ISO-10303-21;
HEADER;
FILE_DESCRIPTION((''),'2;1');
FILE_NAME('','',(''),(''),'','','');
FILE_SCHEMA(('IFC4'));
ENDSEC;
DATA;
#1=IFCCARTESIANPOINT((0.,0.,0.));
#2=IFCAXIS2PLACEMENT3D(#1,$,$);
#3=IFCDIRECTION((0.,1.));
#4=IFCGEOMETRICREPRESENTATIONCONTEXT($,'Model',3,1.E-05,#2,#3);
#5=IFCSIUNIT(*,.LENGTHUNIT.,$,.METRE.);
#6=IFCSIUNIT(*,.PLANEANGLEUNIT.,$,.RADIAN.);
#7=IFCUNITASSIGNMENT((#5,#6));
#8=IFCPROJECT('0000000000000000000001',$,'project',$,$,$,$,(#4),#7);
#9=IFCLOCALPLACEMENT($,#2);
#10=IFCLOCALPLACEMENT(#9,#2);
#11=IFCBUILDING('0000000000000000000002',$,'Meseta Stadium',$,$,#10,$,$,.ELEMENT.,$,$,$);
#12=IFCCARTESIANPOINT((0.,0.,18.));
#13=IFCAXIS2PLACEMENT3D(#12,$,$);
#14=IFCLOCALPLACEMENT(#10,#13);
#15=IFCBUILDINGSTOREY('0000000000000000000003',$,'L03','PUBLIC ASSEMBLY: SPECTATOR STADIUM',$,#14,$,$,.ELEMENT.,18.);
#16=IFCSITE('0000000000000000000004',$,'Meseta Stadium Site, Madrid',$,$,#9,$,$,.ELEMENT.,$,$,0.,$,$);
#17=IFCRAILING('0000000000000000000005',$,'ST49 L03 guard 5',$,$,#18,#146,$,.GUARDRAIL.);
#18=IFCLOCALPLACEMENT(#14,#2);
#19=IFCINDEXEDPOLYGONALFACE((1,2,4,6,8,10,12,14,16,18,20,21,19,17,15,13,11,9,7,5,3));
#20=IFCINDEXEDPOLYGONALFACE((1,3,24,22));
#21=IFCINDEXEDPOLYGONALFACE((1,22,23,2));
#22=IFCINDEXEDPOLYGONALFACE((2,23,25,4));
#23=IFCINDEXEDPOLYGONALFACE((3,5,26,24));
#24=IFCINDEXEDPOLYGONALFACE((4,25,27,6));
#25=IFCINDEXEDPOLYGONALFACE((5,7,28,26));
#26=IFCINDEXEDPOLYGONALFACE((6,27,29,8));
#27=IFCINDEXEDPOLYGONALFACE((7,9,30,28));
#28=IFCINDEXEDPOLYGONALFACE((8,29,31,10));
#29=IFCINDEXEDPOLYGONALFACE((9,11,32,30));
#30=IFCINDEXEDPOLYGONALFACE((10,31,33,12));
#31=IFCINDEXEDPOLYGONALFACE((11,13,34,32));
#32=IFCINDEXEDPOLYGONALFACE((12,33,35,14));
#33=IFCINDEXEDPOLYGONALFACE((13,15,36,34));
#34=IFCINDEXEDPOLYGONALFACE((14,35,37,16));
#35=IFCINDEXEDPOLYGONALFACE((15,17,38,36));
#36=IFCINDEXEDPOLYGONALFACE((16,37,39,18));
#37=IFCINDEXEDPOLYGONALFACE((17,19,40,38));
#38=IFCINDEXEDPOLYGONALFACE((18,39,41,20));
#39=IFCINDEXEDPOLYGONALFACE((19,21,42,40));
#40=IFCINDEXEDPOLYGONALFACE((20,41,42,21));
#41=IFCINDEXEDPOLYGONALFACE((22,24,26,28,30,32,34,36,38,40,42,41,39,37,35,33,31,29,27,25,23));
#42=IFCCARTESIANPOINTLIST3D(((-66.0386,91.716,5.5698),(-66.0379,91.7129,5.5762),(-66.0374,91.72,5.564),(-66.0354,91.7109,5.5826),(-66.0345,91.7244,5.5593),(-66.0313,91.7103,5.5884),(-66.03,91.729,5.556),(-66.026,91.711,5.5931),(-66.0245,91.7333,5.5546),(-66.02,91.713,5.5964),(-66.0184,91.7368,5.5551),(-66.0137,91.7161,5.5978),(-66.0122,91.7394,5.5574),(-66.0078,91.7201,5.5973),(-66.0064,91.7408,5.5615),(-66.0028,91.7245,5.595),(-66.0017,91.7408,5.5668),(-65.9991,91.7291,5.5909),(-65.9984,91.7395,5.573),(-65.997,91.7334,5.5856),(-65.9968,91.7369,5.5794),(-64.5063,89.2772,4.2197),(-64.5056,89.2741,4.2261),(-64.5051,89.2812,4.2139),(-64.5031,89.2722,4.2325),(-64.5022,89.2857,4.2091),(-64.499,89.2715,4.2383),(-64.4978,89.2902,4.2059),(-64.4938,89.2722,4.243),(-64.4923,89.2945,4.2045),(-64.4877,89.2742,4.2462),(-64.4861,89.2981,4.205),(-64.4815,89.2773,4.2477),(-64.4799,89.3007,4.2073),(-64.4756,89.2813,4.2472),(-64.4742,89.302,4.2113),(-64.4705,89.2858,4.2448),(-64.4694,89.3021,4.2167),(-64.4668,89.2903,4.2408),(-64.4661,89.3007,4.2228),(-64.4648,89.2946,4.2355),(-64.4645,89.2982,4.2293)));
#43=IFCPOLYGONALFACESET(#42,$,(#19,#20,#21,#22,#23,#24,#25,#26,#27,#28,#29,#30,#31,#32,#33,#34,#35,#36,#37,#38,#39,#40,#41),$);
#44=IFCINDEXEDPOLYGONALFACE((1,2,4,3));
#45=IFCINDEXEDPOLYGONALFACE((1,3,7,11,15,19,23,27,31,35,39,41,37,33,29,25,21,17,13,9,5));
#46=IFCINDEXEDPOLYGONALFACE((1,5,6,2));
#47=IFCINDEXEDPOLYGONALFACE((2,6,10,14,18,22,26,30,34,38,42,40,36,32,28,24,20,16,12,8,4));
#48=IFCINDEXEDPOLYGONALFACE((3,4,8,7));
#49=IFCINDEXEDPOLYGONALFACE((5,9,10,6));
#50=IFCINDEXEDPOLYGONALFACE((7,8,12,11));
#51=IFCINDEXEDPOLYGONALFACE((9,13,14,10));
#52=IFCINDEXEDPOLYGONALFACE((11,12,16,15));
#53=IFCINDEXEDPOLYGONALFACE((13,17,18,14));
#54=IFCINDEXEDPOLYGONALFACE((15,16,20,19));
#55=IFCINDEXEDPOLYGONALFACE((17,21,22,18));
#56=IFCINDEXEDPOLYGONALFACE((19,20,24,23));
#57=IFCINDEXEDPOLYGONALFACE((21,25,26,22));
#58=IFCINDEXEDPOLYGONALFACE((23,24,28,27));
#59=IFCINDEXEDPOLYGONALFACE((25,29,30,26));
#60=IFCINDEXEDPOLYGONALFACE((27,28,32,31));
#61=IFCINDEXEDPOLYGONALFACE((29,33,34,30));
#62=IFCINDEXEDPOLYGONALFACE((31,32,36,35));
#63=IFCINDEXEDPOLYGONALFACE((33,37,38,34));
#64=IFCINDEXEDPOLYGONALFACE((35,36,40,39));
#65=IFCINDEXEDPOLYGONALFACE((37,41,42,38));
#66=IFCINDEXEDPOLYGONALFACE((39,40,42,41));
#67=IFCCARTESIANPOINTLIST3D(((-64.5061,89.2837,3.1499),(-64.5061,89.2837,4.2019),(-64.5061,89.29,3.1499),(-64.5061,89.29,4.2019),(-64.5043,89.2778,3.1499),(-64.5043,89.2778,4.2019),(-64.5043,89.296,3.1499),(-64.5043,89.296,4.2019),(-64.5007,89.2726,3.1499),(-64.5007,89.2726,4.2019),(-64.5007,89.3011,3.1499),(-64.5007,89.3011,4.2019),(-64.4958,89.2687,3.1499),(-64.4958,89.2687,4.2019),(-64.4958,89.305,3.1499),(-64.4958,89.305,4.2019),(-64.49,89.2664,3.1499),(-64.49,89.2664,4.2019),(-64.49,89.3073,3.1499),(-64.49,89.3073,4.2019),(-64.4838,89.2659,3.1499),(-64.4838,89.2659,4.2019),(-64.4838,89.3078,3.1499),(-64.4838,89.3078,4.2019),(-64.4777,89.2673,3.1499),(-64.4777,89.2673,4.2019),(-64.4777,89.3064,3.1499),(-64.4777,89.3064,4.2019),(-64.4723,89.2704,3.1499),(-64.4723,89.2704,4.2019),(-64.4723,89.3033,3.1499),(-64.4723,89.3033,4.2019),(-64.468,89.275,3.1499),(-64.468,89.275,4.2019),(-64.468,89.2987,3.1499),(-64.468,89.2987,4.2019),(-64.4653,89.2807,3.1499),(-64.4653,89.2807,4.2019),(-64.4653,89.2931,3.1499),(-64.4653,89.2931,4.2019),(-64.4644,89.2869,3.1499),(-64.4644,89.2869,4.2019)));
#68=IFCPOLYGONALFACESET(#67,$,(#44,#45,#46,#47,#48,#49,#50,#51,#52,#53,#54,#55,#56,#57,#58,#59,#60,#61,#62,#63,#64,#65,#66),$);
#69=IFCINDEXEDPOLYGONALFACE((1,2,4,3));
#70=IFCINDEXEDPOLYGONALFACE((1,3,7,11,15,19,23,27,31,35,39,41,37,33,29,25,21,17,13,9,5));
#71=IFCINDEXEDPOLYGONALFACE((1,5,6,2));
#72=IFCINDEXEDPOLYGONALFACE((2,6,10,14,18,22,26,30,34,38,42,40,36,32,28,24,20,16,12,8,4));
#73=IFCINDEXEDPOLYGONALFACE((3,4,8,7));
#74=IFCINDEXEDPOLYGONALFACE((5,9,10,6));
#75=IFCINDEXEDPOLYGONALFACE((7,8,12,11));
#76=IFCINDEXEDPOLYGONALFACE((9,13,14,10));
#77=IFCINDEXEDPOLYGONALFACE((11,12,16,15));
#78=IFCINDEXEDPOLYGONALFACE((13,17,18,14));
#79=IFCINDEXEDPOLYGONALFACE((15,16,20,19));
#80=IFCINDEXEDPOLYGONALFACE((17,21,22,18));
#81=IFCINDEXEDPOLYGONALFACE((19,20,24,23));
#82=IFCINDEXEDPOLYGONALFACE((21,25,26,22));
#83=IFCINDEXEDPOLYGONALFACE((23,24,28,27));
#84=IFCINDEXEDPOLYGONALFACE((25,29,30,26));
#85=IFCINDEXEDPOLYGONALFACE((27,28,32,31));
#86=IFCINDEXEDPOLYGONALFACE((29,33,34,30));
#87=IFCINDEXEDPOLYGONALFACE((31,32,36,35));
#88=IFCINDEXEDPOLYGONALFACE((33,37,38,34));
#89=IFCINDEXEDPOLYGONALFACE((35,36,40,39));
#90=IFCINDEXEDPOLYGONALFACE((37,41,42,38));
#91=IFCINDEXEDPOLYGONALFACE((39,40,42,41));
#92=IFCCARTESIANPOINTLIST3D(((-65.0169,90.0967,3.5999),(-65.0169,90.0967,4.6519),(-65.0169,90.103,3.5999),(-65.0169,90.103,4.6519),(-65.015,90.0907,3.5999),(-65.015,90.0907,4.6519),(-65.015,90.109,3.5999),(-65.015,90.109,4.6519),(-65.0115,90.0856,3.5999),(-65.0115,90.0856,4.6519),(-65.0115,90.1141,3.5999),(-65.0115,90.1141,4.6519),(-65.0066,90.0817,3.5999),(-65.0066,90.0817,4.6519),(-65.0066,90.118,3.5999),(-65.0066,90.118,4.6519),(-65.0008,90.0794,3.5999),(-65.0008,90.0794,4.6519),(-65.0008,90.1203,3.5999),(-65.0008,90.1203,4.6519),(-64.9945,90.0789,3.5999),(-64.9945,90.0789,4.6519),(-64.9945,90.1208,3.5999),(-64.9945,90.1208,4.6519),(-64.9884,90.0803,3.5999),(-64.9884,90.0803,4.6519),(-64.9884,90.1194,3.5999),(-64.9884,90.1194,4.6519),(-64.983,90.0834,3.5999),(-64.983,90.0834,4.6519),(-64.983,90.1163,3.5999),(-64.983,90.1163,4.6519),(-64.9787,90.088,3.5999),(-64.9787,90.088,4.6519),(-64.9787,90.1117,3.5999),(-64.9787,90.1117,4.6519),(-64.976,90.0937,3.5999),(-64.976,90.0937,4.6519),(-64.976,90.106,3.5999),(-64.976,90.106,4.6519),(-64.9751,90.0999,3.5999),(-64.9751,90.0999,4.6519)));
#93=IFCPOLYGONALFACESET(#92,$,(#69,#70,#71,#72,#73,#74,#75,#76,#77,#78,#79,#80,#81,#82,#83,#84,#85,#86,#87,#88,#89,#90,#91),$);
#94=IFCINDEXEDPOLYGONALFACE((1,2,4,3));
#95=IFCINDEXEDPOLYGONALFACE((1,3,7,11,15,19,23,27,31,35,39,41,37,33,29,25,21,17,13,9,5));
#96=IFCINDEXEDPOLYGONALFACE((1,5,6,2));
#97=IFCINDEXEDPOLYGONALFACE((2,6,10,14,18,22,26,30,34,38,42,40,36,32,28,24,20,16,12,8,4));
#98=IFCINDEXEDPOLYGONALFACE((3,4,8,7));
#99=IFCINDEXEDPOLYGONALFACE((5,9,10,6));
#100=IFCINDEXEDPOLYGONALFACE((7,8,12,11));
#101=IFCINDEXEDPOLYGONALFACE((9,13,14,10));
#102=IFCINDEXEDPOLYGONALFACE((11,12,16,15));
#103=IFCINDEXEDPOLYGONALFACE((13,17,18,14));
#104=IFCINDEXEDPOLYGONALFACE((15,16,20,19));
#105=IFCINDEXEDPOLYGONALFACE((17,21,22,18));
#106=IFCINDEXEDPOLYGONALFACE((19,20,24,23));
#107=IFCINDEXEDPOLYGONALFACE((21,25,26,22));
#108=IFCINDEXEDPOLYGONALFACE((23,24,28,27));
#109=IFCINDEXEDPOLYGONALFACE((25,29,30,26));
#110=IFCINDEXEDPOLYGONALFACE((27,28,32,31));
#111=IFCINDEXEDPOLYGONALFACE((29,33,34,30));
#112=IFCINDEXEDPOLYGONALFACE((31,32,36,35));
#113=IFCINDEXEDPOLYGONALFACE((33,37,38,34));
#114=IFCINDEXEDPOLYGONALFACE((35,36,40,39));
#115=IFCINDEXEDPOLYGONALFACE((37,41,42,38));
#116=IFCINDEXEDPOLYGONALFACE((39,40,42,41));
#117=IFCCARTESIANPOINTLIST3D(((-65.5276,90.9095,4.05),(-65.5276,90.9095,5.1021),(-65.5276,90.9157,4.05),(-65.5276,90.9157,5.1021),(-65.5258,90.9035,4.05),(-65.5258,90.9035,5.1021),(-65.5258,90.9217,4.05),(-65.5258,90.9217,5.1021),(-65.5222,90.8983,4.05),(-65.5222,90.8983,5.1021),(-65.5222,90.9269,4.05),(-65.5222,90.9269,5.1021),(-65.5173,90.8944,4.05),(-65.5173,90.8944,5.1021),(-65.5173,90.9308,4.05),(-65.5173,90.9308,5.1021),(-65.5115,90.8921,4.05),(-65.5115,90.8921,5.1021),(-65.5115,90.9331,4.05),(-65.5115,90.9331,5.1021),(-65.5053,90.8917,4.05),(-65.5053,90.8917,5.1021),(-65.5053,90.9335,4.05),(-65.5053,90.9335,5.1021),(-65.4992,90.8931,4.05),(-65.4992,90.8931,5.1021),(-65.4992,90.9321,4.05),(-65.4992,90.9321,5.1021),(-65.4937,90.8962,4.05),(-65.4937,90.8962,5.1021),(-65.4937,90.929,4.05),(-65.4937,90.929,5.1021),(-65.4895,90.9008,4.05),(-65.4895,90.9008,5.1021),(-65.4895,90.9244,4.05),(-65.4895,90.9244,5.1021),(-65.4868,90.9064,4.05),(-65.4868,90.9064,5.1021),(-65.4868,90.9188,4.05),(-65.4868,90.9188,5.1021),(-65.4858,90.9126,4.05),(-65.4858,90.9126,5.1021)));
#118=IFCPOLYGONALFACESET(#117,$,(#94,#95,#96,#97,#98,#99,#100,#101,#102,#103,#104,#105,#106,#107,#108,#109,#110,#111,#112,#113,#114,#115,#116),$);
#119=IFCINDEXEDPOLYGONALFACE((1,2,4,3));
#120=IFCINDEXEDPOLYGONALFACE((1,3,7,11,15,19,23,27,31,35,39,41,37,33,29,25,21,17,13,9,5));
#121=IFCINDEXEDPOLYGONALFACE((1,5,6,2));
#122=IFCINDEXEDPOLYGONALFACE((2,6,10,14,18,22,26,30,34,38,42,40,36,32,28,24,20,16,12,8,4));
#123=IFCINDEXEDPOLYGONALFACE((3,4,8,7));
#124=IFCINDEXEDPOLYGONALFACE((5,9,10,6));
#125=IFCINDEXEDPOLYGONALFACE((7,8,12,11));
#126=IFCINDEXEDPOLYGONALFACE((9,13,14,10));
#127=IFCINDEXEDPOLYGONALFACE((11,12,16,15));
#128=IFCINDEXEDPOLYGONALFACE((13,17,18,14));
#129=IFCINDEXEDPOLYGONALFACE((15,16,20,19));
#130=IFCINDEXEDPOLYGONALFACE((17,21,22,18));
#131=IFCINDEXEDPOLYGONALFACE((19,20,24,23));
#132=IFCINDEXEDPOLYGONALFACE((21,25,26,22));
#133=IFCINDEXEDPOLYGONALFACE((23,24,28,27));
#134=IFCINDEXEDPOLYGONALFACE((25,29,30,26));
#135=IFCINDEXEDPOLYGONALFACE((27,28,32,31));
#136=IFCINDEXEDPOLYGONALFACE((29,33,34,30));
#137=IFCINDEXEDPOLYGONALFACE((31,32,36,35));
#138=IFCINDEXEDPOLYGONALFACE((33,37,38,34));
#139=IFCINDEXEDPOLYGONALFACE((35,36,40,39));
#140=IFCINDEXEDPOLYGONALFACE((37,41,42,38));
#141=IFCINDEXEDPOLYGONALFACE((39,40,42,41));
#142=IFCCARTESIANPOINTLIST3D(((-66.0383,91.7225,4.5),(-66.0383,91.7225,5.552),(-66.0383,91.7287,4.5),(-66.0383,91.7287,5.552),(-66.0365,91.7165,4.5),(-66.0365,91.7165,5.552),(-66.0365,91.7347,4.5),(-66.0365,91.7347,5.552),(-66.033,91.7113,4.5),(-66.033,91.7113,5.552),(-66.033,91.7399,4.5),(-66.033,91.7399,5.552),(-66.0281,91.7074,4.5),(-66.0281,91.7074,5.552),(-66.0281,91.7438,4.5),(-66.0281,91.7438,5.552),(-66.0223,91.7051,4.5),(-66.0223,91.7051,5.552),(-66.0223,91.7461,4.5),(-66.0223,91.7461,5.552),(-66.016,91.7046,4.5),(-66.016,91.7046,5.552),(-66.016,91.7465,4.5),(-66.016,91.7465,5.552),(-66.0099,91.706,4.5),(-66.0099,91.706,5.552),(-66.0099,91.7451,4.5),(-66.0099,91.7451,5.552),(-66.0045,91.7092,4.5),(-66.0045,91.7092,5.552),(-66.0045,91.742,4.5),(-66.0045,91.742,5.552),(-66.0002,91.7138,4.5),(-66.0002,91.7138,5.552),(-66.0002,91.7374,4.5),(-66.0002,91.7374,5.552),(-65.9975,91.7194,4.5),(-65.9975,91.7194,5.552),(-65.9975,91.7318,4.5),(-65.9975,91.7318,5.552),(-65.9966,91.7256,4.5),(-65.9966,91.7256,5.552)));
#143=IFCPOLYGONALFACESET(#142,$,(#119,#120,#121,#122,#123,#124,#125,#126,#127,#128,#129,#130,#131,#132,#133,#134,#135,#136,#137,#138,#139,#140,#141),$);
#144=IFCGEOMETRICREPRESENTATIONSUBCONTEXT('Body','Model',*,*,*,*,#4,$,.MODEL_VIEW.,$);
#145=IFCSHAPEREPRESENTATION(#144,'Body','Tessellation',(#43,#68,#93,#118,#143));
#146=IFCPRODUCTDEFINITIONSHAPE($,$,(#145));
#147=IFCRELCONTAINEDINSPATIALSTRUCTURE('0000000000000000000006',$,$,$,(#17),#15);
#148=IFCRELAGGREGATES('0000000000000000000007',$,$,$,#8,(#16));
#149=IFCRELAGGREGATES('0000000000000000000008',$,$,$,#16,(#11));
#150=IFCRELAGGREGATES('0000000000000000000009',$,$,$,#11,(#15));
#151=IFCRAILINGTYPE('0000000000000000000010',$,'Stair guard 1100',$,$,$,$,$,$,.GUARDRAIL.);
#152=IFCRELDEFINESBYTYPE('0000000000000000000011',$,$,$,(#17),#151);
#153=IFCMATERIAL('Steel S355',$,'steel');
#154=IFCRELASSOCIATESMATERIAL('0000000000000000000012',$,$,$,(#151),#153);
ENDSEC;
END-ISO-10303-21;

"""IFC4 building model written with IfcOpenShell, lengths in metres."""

from ifc_helpers import new_model, si_unit, direction, frame, origin, origin_2d, place, context, subcontext, project, spatial, circle, extrude, material, type_object, element, save


model = new_model("IFC4")

# Units and contexts
model_context = context("Model", 3, precision=1e-05, world=origin(), true_north=direction((0.0, 1.0)))
body_context = subcontext(model_context, "Body", "Model", "MODEL_VIEW")
ifc_project = project(units=[si_unit("LENGTHUNIT", "METRE"), si_unit("PLANEANGLEUNIT", "RADIAN")], contexts=[model_context])

# Site, building, storey
site_placement = place(None, origin())
site = spatial("IfcSite", under=ifc_project, at=site_placement, Name="Meseta Stadium Site, Madrid", CompositionType="ELEMENT", RefElevation=0.0)
building_placement = place(site_placement, origin())
building = spatial("IfcBuilding", under=site, at=building_placement, Name="Meseta Stadium", CompositionType="ELEMENT")
storey_placement = place(building_placement, frame((0.0, 0.0, 18.0)))
storey = spatial("IfcBuildingStorey", under=building, at=storey_placement, Name="L03", Description="PUBLIC ASSEMBLY: SPECTATOR STADIUM", CompositionType="ELEMENT", Elevation=18.0)

# Railing
ifc_material_1 = material(Name="Steel S355", Category="steel")
railing_type_1 = type_object("IfcRailingType", Name="Stair guard 1100", PredefinedType="GUARDRAIL", material=ifc_material_1)
railing_1_placement = place(storey_placement, frame((-64.4854, 89.2869, 3.1499)))
element("IfcRailing", 1, at=railing_1_placement, inside=storey, type_object=railing_type_1, Name="ST49 L03 guard 5", PredefinedType="GUARDRAIL", context=body_context, shape_type="SweptSolid", body=[
    extrude(circle(Radius=0.0239, at=origin_2d()), frame((0.0, 0.0, 1.0762), z_axis=(-0.481703, 0.766687, 0.424445), x_axis=(-0.846743, -0.532001, 0.0)), (0.0, 0.0, 1.0), 3.1809),
    extrude(circle(Radius=0.021, at=origin_2d()), origin(), (0.0, 0.0, 1.0), 1.052),
    extrude(circle(Radius=0.021, at=origin_2d()), frame((-0.5107, 0.813, 0.45)), (0.0, 0.0, 1.0), 1.052),
    extrude(circle(Radius=0.021, at=origin_2d()), frame((-1.0215, 1.6257, 0.9001)), (0.0, 0.0, 1.0), 1.052),
    extrude(circle(Radius=0.021, at=origin_2d()), frame((-1.5322, 2.4387, 1.3501)), (0.0, 0.0, 1.0), 1.052),
])

save(model, "model.ifc")
